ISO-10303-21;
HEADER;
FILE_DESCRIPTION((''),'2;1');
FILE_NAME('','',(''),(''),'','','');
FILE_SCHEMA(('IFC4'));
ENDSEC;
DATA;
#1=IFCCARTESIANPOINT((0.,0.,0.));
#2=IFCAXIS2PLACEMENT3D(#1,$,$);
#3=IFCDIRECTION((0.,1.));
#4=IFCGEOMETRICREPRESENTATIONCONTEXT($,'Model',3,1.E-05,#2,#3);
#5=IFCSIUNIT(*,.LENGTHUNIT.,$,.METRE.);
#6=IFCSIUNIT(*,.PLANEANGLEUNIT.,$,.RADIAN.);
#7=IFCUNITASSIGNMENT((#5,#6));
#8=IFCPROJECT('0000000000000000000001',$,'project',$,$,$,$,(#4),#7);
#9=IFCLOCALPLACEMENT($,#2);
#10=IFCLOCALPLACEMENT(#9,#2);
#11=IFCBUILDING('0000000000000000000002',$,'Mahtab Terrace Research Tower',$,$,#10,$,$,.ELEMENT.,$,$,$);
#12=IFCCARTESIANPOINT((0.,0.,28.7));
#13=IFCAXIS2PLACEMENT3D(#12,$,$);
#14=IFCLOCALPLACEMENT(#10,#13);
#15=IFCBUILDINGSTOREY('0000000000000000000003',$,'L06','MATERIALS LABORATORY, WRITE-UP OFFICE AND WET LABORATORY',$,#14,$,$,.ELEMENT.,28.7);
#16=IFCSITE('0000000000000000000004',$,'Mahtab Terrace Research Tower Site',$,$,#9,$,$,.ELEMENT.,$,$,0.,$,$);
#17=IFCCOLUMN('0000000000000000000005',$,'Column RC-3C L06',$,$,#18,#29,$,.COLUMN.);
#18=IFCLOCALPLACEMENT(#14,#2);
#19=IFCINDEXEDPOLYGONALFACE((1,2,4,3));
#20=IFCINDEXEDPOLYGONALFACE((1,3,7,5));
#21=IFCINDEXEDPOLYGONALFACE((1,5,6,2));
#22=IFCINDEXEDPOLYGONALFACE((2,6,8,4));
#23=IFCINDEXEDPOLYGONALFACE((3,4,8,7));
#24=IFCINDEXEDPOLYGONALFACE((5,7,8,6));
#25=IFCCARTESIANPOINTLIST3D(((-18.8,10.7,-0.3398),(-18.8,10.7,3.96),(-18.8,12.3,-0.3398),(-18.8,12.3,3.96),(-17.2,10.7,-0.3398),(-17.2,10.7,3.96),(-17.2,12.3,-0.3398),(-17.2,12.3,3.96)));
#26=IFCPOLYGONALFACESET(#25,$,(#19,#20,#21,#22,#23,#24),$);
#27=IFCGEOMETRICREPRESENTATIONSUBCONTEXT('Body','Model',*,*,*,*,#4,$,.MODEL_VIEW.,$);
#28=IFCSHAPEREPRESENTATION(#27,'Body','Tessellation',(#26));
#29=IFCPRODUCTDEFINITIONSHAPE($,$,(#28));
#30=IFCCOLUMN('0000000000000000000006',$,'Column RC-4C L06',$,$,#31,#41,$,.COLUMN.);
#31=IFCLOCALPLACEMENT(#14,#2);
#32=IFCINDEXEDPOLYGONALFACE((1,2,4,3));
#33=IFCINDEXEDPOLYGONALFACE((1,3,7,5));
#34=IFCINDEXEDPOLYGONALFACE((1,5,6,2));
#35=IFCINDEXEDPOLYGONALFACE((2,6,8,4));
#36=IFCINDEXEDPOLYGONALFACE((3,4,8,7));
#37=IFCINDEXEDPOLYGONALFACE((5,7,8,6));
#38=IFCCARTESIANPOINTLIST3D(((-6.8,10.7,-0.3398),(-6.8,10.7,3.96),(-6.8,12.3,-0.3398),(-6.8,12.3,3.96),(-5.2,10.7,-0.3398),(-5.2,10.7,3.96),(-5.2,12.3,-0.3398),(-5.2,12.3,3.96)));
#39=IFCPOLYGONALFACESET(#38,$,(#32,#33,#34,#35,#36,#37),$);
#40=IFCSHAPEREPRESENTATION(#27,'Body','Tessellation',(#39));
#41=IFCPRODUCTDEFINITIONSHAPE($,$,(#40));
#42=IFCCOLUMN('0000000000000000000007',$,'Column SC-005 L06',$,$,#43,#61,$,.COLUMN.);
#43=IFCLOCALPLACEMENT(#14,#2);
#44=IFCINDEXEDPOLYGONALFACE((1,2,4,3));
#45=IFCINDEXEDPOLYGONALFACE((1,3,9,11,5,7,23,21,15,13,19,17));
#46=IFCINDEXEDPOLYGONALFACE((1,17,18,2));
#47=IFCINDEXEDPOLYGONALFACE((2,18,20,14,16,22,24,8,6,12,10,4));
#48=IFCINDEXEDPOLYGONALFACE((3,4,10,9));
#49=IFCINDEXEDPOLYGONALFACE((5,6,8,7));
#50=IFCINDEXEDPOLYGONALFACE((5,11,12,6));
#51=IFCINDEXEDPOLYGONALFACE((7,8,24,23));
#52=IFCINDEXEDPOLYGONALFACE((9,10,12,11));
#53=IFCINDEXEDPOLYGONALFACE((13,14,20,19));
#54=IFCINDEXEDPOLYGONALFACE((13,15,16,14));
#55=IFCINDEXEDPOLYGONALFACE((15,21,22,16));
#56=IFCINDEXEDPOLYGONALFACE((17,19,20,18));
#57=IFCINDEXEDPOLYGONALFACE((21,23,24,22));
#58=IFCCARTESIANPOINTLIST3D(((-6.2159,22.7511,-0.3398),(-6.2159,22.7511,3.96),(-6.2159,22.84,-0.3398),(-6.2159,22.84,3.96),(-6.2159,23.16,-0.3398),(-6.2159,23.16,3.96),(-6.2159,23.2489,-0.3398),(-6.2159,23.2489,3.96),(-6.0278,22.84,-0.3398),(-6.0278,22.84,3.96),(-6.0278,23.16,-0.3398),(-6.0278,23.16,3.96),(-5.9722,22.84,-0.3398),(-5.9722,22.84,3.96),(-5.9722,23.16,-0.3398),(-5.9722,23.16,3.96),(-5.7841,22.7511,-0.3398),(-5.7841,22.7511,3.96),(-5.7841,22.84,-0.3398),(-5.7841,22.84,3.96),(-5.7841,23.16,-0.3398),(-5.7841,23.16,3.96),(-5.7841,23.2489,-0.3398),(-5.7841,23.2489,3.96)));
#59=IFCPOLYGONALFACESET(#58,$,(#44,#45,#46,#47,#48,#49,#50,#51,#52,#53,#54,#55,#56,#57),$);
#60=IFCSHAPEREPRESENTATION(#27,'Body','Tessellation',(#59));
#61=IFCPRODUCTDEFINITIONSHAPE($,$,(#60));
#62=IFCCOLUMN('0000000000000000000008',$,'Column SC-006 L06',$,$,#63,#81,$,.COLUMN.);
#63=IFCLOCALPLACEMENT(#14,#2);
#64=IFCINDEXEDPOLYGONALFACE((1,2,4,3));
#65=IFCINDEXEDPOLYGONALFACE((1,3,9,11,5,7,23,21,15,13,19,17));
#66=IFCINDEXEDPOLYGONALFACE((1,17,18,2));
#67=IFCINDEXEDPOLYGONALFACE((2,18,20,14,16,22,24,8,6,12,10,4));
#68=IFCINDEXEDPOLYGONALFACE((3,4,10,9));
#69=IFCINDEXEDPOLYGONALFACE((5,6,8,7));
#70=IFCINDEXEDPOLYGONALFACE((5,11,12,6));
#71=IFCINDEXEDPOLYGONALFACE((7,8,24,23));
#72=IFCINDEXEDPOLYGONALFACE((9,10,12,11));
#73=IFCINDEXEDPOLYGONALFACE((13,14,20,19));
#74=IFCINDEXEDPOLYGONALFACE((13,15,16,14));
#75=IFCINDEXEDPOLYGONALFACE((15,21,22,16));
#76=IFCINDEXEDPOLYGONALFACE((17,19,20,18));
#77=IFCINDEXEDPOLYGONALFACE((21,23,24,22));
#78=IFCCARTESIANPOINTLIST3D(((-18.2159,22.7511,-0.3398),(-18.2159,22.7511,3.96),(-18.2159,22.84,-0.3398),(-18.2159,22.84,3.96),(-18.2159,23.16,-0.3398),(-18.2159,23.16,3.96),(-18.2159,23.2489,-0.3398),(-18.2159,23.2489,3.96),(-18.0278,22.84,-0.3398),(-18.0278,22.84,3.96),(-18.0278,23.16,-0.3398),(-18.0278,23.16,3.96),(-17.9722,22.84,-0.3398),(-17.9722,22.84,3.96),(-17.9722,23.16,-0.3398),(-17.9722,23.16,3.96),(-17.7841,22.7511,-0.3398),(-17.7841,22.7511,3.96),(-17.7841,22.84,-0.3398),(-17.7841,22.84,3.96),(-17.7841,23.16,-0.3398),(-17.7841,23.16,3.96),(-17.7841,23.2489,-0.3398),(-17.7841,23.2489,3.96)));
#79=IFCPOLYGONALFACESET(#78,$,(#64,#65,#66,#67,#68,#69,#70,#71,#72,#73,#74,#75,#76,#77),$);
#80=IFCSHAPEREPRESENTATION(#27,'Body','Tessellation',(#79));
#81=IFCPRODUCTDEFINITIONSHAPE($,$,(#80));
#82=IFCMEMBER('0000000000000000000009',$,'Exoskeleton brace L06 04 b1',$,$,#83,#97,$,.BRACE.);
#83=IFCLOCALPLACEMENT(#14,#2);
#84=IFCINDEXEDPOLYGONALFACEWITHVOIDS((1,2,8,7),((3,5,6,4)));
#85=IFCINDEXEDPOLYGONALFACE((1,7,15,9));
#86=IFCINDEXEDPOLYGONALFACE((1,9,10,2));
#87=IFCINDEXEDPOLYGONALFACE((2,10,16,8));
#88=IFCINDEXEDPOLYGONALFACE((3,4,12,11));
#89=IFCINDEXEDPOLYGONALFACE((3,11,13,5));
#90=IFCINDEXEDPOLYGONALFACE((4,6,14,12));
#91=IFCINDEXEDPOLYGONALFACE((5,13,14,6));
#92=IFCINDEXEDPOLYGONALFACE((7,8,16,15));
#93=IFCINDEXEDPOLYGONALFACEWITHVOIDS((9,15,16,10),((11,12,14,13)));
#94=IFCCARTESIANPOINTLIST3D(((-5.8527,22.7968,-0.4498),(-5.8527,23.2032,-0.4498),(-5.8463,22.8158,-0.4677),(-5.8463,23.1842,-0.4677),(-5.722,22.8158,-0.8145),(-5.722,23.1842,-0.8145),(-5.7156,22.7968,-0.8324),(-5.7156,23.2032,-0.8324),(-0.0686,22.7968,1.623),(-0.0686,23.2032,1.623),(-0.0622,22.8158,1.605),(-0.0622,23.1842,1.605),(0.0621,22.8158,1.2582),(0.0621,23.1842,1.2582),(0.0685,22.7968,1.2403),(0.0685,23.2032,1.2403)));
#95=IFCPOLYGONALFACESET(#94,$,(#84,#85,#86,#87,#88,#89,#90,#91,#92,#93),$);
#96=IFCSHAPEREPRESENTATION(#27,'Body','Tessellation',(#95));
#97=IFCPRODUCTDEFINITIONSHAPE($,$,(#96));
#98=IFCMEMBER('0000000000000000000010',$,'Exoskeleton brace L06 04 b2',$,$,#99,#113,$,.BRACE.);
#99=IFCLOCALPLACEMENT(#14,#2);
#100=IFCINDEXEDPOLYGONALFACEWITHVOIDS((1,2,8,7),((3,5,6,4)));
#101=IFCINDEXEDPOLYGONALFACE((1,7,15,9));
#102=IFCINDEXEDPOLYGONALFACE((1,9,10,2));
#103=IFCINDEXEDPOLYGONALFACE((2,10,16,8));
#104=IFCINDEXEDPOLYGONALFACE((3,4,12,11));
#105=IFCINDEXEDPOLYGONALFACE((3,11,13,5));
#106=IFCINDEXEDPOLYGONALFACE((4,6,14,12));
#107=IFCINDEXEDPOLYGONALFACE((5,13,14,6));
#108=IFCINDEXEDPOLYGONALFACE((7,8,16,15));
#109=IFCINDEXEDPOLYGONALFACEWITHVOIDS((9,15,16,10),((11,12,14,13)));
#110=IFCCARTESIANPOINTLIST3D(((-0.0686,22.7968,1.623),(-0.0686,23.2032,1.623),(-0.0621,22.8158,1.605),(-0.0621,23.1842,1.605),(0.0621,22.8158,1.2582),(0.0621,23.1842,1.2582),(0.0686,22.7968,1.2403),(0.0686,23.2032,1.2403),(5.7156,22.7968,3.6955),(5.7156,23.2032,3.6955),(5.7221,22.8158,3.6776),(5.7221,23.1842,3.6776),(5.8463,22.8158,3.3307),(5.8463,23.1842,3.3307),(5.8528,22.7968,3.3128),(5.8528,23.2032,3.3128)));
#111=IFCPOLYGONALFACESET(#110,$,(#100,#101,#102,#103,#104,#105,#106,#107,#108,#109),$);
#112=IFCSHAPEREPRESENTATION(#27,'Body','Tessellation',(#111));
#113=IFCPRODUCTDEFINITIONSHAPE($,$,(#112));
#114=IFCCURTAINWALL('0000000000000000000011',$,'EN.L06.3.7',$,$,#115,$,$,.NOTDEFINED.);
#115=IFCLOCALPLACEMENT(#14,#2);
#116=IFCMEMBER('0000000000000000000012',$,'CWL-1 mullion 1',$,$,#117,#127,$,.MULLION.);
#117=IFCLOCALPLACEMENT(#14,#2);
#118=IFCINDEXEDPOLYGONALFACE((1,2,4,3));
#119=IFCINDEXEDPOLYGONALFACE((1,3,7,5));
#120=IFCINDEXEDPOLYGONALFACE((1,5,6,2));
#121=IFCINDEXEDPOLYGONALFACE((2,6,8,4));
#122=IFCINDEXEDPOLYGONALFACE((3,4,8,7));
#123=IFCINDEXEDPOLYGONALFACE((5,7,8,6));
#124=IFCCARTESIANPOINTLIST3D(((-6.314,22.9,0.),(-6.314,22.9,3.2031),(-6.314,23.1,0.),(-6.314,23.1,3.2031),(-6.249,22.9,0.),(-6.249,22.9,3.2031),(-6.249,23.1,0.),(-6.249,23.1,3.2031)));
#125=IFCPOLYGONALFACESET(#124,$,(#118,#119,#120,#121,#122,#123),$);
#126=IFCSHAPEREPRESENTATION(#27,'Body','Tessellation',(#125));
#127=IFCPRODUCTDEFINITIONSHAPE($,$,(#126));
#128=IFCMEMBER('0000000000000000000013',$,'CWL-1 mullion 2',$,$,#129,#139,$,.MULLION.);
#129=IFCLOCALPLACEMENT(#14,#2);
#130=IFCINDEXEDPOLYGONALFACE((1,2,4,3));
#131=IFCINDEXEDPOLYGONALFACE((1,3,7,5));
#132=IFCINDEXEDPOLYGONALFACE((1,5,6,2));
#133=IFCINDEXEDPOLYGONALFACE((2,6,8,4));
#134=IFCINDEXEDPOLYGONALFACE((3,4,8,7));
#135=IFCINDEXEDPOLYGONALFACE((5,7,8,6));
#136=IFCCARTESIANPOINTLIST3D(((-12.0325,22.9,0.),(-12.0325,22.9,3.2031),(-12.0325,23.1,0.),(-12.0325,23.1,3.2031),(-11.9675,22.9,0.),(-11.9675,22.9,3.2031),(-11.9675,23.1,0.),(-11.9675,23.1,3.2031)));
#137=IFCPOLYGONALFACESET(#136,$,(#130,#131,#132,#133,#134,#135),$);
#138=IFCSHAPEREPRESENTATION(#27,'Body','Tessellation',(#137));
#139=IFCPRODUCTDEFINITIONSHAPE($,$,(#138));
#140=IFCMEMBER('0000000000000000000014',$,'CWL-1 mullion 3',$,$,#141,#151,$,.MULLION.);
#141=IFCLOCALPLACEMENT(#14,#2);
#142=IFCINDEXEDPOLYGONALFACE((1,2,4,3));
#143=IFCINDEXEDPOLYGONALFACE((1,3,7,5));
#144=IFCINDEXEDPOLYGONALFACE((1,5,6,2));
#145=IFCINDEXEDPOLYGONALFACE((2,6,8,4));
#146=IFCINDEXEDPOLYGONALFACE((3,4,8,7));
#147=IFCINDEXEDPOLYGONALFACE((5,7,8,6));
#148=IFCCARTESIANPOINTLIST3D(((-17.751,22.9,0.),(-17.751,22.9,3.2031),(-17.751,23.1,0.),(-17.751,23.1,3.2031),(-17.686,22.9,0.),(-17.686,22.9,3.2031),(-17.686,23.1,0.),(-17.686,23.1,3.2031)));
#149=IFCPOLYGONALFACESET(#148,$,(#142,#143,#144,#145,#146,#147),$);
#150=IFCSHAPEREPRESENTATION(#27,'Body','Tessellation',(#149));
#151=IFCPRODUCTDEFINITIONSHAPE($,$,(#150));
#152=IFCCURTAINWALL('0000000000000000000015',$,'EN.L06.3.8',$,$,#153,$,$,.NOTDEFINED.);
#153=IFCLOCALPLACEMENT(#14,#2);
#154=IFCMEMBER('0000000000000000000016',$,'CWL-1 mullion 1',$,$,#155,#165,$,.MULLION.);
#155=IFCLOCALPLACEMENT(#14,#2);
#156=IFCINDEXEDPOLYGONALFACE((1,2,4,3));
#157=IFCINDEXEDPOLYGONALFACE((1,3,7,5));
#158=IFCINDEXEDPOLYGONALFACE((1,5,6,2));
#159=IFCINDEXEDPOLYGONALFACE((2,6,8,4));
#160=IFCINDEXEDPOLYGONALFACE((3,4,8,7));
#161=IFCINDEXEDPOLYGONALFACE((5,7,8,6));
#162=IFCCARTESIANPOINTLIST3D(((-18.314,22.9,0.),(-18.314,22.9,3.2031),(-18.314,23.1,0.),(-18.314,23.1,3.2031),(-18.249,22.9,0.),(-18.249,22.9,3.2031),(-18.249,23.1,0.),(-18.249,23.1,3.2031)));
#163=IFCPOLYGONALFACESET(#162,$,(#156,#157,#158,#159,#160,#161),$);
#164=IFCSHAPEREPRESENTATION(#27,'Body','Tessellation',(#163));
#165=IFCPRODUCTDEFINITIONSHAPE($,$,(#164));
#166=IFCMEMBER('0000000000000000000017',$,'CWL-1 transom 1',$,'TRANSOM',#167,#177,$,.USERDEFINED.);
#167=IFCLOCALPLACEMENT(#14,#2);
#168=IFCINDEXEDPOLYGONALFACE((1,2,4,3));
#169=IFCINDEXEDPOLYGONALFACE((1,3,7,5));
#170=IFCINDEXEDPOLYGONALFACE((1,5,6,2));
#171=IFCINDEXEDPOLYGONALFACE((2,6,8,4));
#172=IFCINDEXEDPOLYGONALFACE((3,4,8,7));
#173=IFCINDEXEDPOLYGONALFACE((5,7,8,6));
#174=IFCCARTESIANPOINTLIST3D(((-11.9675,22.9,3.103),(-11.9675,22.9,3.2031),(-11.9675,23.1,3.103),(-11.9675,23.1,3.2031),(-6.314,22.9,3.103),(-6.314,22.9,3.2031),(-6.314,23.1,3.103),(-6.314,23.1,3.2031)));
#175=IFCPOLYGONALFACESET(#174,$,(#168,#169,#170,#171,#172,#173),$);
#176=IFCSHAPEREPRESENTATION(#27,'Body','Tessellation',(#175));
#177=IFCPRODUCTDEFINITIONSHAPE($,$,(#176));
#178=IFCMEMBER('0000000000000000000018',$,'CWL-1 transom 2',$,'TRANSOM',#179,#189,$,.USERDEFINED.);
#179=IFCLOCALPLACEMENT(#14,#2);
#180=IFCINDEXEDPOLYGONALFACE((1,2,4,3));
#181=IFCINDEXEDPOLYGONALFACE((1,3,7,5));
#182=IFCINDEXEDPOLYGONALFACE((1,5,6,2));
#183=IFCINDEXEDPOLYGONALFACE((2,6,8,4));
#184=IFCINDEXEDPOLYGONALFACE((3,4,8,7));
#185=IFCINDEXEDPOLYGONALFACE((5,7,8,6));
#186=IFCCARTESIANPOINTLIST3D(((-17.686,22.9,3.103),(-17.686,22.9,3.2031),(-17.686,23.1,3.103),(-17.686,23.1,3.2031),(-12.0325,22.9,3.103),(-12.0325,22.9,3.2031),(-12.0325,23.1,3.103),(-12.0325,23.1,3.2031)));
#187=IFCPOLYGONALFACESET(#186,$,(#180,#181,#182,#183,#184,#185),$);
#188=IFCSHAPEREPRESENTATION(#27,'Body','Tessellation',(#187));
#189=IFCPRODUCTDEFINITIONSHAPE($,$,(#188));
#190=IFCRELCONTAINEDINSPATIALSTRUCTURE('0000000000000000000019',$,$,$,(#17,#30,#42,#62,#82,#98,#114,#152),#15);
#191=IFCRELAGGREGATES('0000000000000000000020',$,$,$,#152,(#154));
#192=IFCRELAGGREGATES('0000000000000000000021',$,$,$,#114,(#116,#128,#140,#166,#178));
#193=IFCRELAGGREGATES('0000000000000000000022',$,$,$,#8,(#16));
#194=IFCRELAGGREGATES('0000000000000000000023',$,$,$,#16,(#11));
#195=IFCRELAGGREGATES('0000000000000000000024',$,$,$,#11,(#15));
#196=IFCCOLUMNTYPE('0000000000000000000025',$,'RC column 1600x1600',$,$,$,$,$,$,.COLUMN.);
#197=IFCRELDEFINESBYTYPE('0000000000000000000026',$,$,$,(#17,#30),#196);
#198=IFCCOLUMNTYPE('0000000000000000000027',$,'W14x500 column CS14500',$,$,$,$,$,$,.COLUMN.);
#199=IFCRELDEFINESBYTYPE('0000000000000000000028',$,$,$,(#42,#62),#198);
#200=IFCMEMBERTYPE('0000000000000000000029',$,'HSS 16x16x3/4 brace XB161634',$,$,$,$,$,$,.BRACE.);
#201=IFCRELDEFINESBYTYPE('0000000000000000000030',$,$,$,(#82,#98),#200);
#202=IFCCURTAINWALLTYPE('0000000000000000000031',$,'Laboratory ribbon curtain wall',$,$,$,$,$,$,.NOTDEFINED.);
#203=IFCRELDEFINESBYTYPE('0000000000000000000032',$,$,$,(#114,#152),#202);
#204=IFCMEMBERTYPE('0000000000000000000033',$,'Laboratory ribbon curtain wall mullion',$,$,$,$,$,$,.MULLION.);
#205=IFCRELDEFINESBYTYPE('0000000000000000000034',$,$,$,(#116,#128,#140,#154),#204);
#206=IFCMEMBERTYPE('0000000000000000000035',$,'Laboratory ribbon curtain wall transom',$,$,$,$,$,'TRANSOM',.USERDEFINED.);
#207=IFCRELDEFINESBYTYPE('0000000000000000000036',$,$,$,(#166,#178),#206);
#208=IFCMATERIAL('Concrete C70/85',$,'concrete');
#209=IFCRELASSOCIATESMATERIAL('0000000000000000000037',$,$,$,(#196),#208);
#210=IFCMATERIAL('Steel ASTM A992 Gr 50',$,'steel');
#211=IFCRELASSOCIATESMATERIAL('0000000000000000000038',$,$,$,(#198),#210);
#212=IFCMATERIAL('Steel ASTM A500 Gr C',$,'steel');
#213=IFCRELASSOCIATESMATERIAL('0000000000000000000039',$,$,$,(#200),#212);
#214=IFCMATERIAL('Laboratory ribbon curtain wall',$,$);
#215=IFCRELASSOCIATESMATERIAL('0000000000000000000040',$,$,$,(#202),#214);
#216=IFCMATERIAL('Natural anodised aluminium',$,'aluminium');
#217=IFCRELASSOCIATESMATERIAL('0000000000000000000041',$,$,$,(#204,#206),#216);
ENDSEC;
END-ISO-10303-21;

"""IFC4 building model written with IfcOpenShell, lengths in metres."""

from ifc_helpers import new_model, si_unit, direction, frame, origin, origin_2d, place, context, subcontext, project, spatial, rectangle, hollow_rectangle, i_section, extrude, material, material_profile, profile_set, type_object, element, aggregate, save


model = new_model("IFC4")

# Units and contexts
model_context = context("Model", 3, precision=1e-05, world=origin(), true_north=direction((0.0, 1.0)))
body_context = subcontext(model_context, "Body", "Model", "MODEL_VIEW")
ifc_project = project(units=[si_unit("LENGTHUNIT", "METRE"), si_unit("PLANEANGLEUNIT", "RADIAN")], contexts=[model_context])

# Site, building, storey
site_placement = place(None, origin())
site = spatial("IfcSite", under=ifc_project, at=site_placement, Name="Mahtab Terrace Research Tower Site", CompositionType="ELEMENT", RefElevation=0.0)
building_placement = place(site_placement, origin())
building = spatial("IfcBuilding", under=site, at=building_placement, Name="Mahtab Terrace Research Tower", CompositionType="ELEMENT")
storey_placement = place(building_placement, frame((0.0, 0.0, 28.7)))
storey = spatial("IfcBuildingStorey", under=building, at=storey_placement, Name="L06", Description="MATERIALS LABORATORY, WRITE-UP OFFICE AND WET LABORATORY", CompositionType="ELEMENT", Elevation=28.7)

# Columns
ifc_material_1 = material(Name="Concrete C70/85", Category="concrete")
ifc_material_profile_1 = material_profile(ifc_material_1, rectangle(XDim=1.6001, YDim=1.6001, at=origin_2d()), Name="RC column 1600x1600")
ifc_profile_set_1 = profile_set([ifc_material_profile_1], Name="Concrete C70/85")
column_type_1 = type_object("IfcColumnType", Name="RC column 1600x1600", PredefinedType="COLUMN", material=ifc_profile_set_1)
for number, where, z_axis, x_axis, name in (
    (1, (-18.0, 11.5, -0.3398), (0.0, 0.0, 1.0), (1.0, 0.0, 0.0), "Column RC-3C L06"),
    (2, (-6.0, 11.5, -0.3398), (0.0, 0.0, 1.0), (1.0, 0.0, 0.0), "Column RC-4C L06"),
):
    element("IfcColumn", number, at=place(storey_placement, frame(where, z_axis=z_axis, x_axis=x_axis)), inside=storey, type_object=column_type_1, Name=name, PredefinedType="COLUMN", context=body_context, shape_type="SweptSolid", body=[
        extrude(rectangle(XDim=1.6001, YDim=1.6001, at=origin_2d()), origin(), (0.0, 0.0, 1.0), 4.2998),
    ])
ifc_material_2 = material(Name="Steel ASTM A992 Gr 50", Category="steel")
ifc_material_profile_2 = material_profile(ifc_material_2, i_section(OverallWidth=0.4319, OverallDepth=0.4978, WebThickness=0.0557, FlangeThickness=0.0889, at=origin_2d()), Name="W14X500")
ifc_profile_set_2 = profile_set([ifc_material_profile_2], Name="Steel ASTM A992 Gr 50")
column_type_2 = type_object("IfcColumnType", Name="W14x500 column CS14500", PredefinedType="COLUMN", material=ifc_profile_set_2)
for number, where, z_axis, x_axis, name in (
    (3, (-6.0, 23.0, -0.3398), (0.0, 0.0, 1.0), (1.0, 0.0, 0.0), "Column SC-005 L06"),
    (4, (-18.0, 23.0, -0.3398), (0.0, 0.0, 1.0), (1.0, 0.0, 0.0), "Column SC-006 L06"),
):
    element("IfcColumn", number, at=place(storey_placement, frame(where, z_axis=z_axis, x_axis=x_axis)), inside=storey, type_object=column_type_2, Name=name, PredefinedType="COLUMN", context=body_context, shape_type="SweptSolid", body=[
        extrude(i_section(OverallWidth=0.4319, OverallDepth=0.4978, WebThickness=0.0557, FlangeThickness=0.0889, at=origin_2d()), origin(), (0.0, 0.0, 1.0), 4.2998),
    ])

# Members
ifc_material_3 = material(Name="Steel ASTM A500 Gr C", Category="steel")
ifc_material_profile_3 = material_profile(ifc_material_3, hollow_rectangle(XDim=0.4065, YDim=0.4065, WallThickness=0.019, at=origin_2d()), Name="HSS16X16X3/4")
ifc_profile_set_3 = profile_set([ifc_material_profile_3], Name="Steel ASTM A500 Gr C")
member_type_1 = type_object("IfcMemberType", Name="HSS 16x16x3/4 brace XB161634", PredefinedType="BRACE", material=ifc_profile_set_3)
for number, where, z_axis, x_axis, name in (
    (5, (-5.7842, 23.0, -0.6411), (0.941382, 0.0, 0.337343), (0.0, 1.0, 0.0), "Exoskeleton brace L06 04 b1"),
    (6, (0.0, 23.0, 1.4316), (0.941394, 0.0, 0.337308), (0.0, 1.0, 0.0), "Exoskeleton brace L06 04 b2"),
):
    element("IfcMember", number, at=place(storey_placement, frame(where, z_axis=z_axis, x_axis=x_axis)), inside=storey, type_object=member_type_1, Name=name, PredefinedType="BRACE", context=body_context, shape_type="SweptSolid", body=[
        extrude(hollow_rectangle(XDim=0.4065, YDim=0.4065, WallThickness=0.019, at=origin_2d()), origin(), (0.0, 0.0, 1.0), 6.1443),
    ])

# Curtain wall, members
ifc_material_4 = material(Name="Laboratory ribbon curtain wall")
curtain_wall_type = type_object("IfcCurtainWallType", Name="Laboratory ribbon curtain wall", PredefinedType="NOTDEFINED", material=ifc_material_4)
curtain_wall_1_placement = place(storey_placement, origin())
curtain_wall_1 = element("IfcCurtainWall", 7, at=curtain_wall_1_placement, inside=storey, type_object=curtain_wall_type, Name="EN.L06.3.7", PredefinedType="NOTDEFINED")
ifc_material_5 = material(Name="Natural anodised aluminium", Category="aluminium")
ifc_material_profile_4 = material_profile(ifc_material_5, rectangle(XDim=0.2, YDim=0.0649, at=origin_2d()), Name="MULLION 65x200")
ifc_profile_set_4 = profile_set([ifc_material_profile_4], Name="Natural anodised aluminium")
member_type_2 = type_object("IfcMemberType", Name="Laboratory ribbon curtain wall mullion", PredefinedType="MULLION", material=ifc_profile_set_4)
member_1_placement = place(storey_placement, frame((-6.2815, 23.0, 0.0), z_axis=(0.0, 0.0, 1.0), x_axis=(0.0, -1.0, 0.0)))
member_1 = element("IfcMember", 8, at=member_1_placement, type_object=member_type_2, Name="CWL-1 mullion 1", PredefinedType="MULLION", context=body_context, shape_type="SweptSolid", body=[
    extrude(rectangle(XDim=0.2, YDim=0.0649, at=origin_2d()), origin(), (0.0, 0.0, 1.0), 3.2031),
])
member_2_placement = place(storey_placement, frame((-12.0, 23.0, 0.0), z_axis=(0.0, 0.0, 1.0), x_axis=(0.0, -1.0, 0.0)))
member_2 = element("IfcMember", 9, at=member_2_placement, type_object=member_type_2, Name="CWL-1 mullion 2", PredefinedType="MULLION", context=body_context, shape_type="SweptSolid", body=[
    extrude(rectangle(XDim=0.2, YDim=0.0649, at=origin_2d()), origin(), (0.0, 0.0, 1.0), 3.2031),
])
member_3_placement = place(storey_placement, frame((-17.7185, 23.0, 0.0), z_axis=(0.0, 0.0, 1.0), x_axis=(0.0, -1.0, 0.0)))
member_3 = element("IfcMember", 10, at=member_3_placement, type_object=member_type_2, Name="CWL-1 mullion 3", PredefinedType="MULLION", context=body_context, shape_type="SweptSolid", body=[
    extrude(rectangle(XDim=0.2, YDim=0.0649, at=origin_2d()), origin(), (0.0, 0.0, 1.0), 3.2031),
])

# Curtain wall, member
curtain_wall_2_placement = place(storey_placement, origin())
curtain_wall_2 = element("IfcCurtainWall", 11, at=curtain_wall_2_placement, inside=storey, type_object=curtain_wall_type, Name="EN.L06.3.8", PredefinedType="NOTDEFINED")
member_4_placement = place(storey_placement, frame((-18.2815, 23.0, 0.0), z_axis=(0.0, 0.0, 1.0), x_axis=(0.0, -1.0, 0.0)))
member_4 = element("IfcMember", 12, at=member_4_placement, type_object=member_type_2, Name="CWL-1 mullion 1", PredefinedType="MULLION", context=body_context, shape_type="SweptSolid", body=[
    extrude(rectangle(XDim=0.2, YDim=0.0649, at=origin_2d()), origin(), (0.0, 0.0, 1.0), 3.2031),
])
aggregate(curtain_wall_2, [member_4])

# Members
ifc_material_profile_5 = material_profile(ifc_material_5, rectangle(XDim=0.2, YDim=0.1001, at=origin_2d()), Name="TRANSOM 100x200")
ifc_profile_set_5 = profile_set([ifc_material_profile_5], Name="Natural anodised aluminium")
member_type_3 = type_object("IfcMemberType", Name="Laboratory ribbon curtain wall transom", ElementType="TRANSOM", PredefinedType="USERDEFINED", material=ifc_profile_set_5)
member_5_placement = place(storey_placement, frame((-6.314, 23.0, 3.1531), z_axis=(-1.0, 0.0, 0.0), x_axis=(0.0, -1.0, 0.0)))
member_5 = element("IfcMember", 13, at=member_5_placement, type_object=member_type_3, Name="CWL-1 transom 1", ObjectType="TRANSOM", PredefinedType="USERDEFINED", context=body_context, shape_type="SweptSolid", body=[
    extrude(rectangle(XDim=0.2, YDim=0.1001, at=origin_2d()), origin(), (0.0, 0.0, 1.0), 5.6536),
])
member_6_placement = place(storey_placement, frame((-12.0325, 23.0, 3.1531), z_axis=(-1.0, 0.0, 0.0), x_axis=(0.0, -1.0, 0.0)))
member_6 = element("IfcMember", 14, at=member_6_placement, type_object=member_type_3, Name="CWL-1 transom 2", ObjectType="TRANSOM", PredefinedType="USERDEFINED", context=body_context, shape_type="SweptSolid", body=[
    extrude(rectangle(XDim=0.2, YDim=0.1001, at=origin_2d()), origin(), (0.0, 0.0, 1.0), 5.6536),
])

aggregate(curtain_wall_1, [member_1, member_2, member_3, member_5, member_6])

save(model, "model.ifc")
